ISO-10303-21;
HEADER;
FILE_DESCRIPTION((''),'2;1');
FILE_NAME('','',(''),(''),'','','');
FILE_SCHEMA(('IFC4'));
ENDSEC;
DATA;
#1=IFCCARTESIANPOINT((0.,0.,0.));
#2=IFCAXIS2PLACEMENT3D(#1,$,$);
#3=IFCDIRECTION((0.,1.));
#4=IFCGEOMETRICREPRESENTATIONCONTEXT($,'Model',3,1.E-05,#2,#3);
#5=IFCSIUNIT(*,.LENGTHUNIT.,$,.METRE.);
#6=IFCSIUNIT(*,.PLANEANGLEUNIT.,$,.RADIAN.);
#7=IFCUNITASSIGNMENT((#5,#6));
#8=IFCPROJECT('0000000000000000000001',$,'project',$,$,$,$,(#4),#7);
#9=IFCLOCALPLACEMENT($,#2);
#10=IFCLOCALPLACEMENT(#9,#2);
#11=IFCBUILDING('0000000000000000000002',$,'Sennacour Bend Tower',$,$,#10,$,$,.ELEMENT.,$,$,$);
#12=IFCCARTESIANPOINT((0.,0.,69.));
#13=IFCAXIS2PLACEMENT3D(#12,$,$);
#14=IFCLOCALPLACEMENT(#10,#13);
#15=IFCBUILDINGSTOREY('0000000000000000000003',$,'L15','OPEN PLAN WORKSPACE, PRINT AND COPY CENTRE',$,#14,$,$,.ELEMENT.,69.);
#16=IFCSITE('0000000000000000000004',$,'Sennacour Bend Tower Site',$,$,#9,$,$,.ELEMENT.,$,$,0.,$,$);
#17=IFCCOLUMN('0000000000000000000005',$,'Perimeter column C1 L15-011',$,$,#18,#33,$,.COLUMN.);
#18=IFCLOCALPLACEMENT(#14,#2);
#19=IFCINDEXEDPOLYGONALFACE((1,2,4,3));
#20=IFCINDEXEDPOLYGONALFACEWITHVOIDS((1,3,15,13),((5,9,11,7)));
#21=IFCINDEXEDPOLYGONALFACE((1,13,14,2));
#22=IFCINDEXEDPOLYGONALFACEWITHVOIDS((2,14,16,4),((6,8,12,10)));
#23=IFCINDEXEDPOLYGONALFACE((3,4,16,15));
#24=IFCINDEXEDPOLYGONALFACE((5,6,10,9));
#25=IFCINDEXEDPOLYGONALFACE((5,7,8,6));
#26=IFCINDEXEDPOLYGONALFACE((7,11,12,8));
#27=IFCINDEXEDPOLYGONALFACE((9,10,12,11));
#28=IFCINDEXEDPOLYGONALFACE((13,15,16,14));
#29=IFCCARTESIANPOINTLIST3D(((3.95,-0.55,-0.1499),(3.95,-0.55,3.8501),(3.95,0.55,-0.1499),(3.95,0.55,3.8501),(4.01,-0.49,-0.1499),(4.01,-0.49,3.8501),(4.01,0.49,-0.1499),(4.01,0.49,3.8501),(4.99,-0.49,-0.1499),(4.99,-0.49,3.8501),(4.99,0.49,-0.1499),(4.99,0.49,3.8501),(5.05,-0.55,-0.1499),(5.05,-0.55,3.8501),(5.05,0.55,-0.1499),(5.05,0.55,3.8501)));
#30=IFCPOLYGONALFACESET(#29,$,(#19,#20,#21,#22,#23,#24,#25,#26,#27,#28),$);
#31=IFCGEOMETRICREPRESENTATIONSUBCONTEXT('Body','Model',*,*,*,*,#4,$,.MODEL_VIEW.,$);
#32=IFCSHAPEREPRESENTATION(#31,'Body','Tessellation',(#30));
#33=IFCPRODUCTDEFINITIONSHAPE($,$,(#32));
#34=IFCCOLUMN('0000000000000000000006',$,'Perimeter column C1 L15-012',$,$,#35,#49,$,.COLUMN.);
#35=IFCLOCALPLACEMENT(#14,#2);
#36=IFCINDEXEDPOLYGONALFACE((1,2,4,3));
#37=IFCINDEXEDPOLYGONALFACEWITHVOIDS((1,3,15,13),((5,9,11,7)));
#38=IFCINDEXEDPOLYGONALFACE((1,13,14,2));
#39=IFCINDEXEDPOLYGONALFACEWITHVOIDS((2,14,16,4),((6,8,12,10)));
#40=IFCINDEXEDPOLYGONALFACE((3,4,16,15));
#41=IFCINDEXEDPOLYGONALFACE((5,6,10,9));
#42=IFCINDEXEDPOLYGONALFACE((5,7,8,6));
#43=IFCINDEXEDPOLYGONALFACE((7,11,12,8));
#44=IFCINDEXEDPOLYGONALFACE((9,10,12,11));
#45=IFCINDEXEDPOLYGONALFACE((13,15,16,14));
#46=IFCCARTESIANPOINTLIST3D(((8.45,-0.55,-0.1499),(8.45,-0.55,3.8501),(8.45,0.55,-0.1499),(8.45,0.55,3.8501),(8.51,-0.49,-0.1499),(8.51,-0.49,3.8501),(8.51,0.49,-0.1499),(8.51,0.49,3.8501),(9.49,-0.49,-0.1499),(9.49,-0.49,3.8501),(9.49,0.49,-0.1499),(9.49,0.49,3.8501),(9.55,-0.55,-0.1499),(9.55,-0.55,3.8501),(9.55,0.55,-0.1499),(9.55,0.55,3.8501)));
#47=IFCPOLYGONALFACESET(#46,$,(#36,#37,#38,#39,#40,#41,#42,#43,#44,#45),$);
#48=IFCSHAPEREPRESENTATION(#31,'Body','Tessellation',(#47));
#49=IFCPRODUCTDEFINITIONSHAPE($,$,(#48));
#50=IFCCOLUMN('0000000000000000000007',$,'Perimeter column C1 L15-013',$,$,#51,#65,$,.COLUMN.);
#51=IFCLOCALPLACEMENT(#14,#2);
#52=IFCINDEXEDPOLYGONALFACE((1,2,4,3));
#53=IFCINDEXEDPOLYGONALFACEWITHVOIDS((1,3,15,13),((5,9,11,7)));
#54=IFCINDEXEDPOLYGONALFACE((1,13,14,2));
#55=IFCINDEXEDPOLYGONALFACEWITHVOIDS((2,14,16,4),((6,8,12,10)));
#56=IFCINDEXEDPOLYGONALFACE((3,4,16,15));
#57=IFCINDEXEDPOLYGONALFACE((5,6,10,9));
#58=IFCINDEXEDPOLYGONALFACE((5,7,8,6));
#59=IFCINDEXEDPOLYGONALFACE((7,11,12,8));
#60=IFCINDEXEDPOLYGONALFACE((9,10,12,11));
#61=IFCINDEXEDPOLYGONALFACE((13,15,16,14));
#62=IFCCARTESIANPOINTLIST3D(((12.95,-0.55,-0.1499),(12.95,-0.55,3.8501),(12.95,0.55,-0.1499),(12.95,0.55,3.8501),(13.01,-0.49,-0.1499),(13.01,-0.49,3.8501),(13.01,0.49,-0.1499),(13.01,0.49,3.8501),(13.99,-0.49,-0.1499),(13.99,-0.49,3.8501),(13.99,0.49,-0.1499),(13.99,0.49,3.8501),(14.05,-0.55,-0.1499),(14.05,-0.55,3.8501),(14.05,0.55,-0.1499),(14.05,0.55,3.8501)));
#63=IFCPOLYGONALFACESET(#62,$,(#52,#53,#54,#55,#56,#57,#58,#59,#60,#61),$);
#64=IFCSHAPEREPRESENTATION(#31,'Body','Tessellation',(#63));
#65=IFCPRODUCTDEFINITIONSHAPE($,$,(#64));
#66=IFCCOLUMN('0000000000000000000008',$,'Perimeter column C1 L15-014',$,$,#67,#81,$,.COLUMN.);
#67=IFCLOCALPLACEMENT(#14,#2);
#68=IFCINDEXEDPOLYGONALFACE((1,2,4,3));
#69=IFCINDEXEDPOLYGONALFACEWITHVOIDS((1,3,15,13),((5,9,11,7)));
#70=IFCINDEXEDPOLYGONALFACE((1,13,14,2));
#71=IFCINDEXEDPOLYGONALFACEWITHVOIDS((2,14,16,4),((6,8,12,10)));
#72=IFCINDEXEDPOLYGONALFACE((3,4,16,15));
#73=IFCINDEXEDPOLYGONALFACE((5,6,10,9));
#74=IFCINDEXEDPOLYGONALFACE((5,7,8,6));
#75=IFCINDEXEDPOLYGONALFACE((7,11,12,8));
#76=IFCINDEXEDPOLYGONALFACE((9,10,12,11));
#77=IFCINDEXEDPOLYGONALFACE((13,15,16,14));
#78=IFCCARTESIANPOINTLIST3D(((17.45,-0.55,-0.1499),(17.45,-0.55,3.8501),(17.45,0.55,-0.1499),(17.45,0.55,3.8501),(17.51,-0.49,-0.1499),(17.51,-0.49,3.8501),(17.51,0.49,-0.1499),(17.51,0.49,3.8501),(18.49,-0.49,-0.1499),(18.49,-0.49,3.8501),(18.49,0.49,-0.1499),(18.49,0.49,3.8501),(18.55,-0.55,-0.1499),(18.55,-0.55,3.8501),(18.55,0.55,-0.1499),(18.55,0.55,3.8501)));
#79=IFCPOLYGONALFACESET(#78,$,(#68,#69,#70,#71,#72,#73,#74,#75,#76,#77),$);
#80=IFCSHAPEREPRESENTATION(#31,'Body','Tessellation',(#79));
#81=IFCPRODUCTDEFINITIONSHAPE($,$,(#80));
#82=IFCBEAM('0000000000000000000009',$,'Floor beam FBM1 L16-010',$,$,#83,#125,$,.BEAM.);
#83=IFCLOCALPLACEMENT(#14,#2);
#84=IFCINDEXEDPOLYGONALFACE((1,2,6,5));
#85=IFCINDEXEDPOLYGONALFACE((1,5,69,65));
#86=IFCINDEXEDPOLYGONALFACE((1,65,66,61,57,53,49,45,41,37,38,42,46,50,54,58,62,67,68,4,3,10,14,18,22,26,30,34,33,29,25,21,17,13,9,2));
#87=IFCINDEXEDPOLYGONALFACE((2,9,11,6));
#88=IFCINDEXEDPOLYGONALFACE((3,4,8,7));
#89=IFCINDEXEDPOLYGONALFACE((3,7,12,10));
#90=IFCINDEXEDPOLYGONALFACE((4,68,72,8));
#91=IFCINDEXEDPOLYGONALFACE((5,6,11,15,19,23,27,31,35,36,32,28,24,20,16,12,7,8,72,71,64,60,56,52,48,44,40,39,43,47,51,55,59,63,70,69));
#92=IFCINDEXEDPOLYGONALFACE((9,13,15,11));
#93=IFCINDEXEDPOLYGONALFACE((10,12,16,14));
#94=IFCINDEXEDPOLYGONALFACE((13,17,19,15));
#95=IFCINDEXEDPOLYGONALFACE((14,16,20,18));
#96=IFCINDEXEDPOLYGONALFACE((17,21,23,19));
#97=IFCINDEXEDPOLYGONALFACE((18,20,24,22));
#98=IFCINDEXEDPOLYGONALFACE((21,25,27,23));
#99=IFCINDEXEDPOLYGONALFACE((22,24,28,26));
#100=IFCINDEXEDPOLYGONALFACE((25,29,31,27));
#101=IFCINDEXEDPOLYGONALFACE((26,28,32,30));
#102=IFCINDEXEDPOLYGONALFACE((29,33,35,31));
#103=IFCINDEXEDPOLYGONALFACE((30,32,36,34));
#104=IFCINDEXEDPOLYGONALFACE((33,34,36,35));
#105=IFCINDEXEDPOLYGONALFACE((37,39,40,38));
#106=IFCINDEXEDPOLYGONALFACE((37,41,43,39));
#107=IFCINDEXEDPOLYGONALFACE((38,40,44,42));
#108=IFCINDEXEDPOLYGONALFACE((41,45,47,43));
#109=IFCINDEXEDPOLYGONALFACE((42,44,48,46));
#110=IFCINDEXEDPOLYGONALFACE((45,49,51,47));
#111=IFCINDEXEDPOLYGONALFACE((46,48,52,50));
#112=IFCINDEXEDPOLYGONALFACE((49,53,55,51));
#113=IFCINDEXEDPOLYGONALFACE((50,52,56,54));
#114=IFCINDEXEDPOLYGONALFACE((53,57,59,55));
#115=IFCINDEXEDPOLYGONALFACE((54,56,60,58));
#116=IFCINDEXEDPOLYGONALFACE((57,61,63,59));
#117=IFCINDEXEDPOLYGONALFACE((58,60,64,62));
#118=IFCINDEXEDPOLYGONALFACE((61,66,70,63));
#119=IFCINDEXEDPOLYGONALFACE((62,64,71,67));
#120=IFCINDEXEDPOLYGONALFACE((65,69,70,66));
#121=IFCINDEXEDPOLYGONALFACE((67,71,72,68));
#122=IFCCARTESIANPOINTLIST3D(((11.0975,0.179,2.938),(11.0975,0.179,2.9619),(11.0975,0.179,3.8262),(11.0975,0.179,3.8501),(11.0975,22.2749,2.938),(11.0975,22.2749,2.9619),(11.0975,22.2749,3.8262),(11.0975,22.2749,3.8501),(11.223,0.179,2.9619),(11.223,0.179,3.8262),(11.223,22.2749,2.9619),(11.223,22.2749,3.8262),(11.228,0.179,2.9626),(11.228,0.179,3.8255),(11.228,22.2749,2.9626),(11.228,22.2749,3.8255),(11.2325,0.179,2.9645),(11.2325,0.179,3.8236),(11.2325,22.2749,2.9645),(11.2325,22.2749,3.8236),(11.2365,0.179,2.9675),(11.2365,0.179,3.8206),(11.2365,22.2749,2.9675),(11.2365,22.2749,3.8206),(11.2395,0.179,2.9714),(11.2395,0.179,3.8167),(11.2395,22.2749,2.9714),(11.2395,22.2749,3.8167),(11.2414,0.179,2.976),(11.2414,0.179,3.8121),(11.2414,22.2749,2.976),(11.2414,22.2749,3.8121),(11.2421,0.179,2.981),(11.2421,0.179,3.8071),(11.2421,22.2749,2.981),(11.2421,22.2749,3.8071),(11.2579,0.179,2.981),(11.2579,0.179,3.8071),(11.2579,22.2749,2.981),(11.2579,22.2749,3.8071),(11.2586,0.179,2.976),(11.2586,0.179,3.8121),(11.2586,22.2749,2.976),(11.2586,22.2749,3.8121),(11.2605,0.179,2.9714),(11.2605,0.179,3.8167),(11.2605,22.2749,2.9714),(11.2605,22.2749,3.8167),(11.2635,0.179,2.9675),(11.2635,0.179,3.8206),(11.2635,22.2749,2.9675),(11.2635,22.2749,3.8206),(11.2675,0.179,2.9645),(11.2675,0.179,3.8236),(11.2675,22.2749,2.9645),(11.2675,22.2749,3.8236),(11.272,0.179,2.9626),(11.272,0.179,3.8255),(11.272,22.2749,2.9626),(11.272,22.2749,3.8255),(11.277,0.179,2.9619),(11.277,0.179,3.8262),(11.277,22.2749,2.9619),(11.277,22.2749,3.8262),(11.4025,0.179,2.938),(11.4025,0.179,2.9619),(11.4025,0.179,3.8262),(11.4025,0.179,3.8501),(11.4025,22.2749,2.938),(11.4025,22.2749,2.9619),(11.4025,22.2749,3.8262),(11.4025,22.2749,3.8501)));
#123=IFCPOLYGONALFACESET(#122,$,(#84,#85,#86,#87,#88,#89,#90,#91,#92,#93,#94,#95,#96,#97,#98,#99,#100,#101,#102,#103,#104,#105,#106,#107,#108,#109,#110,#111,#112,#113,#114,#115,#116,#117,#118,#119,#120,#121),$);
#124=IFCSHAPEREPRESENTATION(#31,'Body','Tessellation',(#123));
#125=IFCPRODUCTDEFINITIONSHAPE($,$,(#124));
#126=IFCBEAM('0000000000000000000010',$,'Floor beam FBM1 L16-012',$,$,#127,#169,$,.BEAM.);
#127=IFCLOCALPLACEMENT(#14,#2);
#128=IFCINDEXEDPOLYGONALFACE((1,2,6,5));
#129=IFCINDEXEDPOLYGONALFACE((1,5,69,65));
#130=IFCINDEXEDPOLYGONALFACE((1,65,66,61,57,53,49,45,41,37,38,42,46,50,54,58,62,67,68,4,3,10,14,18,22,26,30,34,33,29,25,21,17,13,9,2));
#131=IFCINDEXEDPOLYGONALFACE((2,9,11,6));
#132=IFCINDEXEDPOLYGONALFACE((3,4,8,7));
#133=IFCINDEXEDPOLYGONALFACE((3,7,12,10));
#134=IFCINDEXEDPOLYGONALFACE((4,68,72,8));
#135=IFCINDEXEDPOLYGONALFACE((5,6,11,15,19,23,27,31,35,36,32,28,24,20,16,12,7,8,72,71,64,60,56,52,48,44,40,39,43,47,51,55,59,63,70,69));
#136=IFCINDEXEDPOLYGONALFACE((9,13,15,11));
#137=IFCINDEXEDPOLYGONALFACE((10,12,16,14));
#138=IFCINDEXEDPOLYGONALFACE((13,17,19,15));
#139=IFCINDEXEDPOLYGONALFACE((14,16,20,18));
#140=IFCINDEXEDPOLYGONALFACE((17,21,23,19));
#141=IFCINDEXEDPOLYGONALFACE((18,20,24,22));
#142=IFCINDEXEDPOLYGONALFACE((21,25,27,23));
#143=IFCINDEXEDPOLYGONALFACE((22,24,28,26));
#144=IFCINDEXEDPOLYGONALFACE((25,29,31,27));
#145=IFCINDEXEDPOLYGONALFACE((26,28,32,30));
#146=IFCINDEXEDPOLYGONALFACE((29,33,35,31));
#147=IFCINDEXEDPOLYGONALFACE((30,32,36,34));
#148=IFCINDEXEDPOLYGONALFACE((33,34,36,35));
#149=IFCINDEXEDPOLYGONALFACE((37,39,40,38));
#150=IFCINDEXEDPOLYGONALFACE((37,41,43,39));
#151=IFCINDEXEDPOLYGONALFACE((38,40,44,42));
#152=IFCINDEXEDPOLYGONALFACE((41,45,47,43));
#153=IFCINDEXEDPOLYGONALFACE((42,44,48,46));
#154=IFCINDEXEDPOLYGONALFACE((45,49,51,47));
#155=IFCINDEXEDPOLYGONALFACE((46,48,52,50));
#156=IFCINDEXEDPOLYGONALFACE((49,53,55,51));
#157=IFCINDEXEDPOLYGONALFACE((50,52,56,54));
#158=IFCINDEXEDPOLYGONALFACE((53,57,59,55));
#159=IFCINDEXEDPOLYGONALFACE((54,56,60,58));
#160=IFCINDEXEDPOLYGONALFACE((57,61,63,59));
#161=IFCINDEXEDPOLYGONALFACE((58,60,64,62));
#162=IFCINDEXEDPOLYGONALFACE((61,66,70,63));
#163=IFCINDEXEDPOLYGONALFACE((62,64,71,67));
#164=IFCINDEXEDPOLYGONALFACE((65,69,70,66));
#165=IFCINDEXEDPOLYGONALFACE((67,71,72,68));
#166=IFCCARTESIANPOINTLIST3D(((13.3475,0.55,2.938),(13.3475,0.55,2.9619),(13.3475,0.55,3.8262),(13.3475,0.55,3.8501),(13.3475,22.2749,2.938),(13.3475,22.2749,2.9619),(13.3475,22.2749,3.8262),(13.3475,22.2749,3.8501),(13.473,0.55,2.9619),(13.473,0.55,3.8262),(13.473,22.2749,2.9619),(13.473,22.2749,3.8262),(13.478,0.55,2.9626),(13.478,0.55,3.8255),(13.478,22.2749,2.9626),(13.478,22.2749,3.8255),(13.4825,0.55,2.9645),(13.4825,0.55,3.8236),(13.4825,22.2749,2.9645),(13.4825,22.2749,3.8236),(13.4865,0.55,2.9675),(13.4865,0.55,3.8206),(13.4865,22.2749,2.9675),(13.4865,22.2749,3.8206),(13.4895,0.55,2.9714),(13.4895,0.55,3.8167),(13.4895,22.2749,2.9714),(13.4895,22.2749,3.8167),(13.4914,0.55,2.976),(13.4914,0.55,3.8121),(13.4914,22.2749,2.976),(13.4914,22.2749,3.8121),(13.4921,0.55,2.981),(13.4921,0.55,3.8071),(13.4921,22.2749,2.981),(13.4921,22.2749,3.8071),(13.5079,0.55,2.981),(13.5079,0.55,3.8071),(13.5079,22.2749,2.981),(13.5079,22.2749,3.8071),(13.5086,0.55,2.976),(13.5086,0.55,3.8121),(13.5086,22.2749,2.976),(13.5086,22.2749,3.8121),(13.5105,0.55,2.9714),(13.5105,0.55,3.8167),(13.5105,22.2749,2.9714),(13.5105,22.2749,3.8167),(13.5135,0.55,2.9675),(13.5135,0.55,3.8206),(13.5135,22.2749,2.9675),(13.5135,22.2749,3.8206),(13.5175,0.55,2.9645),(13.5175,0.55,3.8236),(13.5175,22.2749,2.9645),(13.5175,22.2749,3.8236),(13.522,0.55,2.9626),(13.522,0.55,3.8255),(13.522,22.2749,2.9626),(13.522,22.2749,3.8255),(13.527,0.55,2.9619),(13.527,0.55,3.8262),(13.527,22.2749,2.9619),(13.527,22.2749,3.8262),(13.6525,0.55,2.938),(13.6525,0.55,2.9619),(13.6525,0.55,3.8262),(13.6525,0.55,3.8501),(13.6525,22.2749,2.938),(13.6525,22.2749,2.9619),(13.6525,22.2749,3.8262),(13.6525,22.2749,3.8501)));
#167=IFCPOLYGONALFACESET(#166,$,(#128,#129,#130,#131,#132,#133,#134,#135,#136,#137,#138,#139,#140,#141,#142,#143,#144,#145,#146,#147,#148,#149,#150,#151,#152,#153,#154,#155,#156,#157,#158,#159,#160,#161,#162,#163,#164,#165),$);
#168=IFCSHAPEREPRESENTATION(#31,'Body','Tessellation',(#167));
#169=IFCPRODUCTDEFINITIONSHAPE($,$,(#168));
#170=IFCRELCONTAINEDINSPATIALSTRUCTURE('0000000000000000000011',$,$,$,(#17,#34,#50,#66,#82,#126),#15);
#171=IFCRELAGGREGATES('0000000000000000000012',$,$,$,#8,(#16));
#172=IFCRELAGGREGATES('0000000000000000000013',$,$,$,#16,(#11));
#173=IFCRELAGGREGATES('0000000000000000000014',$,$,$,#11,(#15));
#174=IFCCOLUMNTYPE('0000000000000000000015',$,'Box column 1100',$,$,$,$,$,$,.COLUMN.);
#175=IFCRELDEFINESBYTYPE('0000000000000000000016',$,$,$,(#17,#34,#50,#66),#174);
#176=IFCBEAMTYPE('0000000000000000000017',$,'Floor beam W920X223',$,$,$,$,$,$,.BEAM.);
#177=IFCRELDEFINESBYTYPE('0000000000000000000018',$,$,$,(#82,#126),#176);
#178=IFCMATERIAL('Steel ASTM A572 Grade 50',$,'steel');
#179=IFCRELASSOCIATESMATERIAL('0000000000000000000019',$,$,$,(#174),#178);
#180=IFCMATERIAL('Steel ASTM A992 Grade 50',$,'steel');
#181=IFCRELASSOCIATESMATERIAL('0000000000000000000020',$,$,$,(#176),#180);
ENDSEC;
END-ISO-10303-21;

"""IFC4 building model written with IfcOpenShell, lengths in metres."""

from ifc_helpers import new_model, si_unit, direction, frame, origin, origin_2d, place, context, subcontext, project, spatial, hollow_rectangle, i_section, extrude, material, material_profile, profile_set, type_object, element, save


model = new_model("IFC4")

# Units and contexts
model_context = context("Model", 3, precision=1e-05, world=origin(), true_north=direction((0.0, 1.0)))
body_context = subcontext(model_context, "Body", "Model", "MODEL_VIEW")
ifc_project = project(units=[si_unit("LENGTHUNIT", "METRE"), si_unit("PLANEANGLEUNIT", "RADIAN")], contexts=[model_context])

# Site, building, storey
site_placement = place(None, origin())
site = spatial("IfcSite", under=ifc_project, at=site_placement, Name="Sennacour Bend Tower Site", CompositionType="ELEMENT", RefElevation=0.0)
building_placement = place(site_placement, origin())
building = spatial("IfcBuilding", under=site, at=building_placement, Name="Sennacour Bend Tower", CompositionType="ELEMENT")
storey_placement = place(building_placement, frame((0.0, 0.0, 69.0)))
storey = spatial("IfcBuildingStorey", under=building, at=storey_placement, Name="L15", Description="OPEN PLAN WORKSPACE, PRINT AND COPY CENTRE", CompositionType="ELEMENT", Elevation=69.0)

# Columns
ifc_material_1 = material(Name="Steel ASTM A572 Grade 50", Category="steel")
ifc_material_profile_1 = material_profile(ifc_material_1, hollow_rectangle(XDim=1.1001, YDim=1.1001, WallThickness=0.0601, at=origin_2d()), Name="Steel ASTM A572 Grade 50", Category="steel")
ifc_profile_set_1 = profile_set([ifc_material_profile_1], Name="Steel ASTM A572 Grade 50")
column_type = type_object("IfcColumnType", Name="Box column 1100", PredefinedType="COLUMN", material=ifc_profile_set_1)
for number, where, z_axis, x_axis, name in (
    (1, (4.5, 0.0, -0.1499), (0.0, 0.0, 1.0), (1.0, 0.0, 0.0), "Perimeter column C1 L15-011"),
    (2, (9.0, 0.0, -0.1499), (0.0, 0.0, 1.0), (1.0, 0.0, 0.0), "Perimeter column C1 L15-012"),
    (3, (13.5, 0.0, -0.1499), (0.0, 0.0, 1.0), (1.0, 0.0, 0.0), "Perimeter column C1 L15-013"),
    (4, (18.0, 0.0, -0.1499), (0.0, 0.0, 1.0), (1.0, 0.0, 0.0), "Perimeter column C1 L15-014"),
):
    element("IfcColumn", number, at=place(storey_placement, frame(where, z_axis=z_axis, x_axis=x_axis)), inside=storey, type_object=column_type, Name=name, PredefinedType="COLUMN", context=body_context, shape_type="SweptSolid", body=[
        extrude(hollow_rectangle(XDim=1.1001, YDim=1.1001, WallThickness=0.0601, at=origin_2d()), origin(), (0.0, 0.0, 1.0), 4.0),
    ])

# Beams
ifc_material_2 = material(Name="Steel ASTM A992 Grade 50", Category="steel")
ifc_material_profile_2 = material_profile(ifc_material_2, i_section(OverallWidth=0.3049, OverallDepth=0.9121, WebThickness=0.0159, FlangeThickness=0.0239, FilletRadius=0.019, at=origin_2d()), Name="Steel ASTM A992 Grade 50", Category="steel")
ifc_profile_set_2 = profile_set([ifc_material_profile_2], Name="Steel ASTM A992 Grade 50")
beam_type_1 = type_object("IfcBeamType", Name="Floor beam W920X223", PredefinedType="BEAM", material=ifc_profile_set_2)
beam_1_placement = place(storey_placement, frame((11.25, 0.179, 3.394), z_axis=(0.0, 1.0, 0.0), x_axis=(-1.0, 0.0, 0.0)))
element("IfcBeam", 5, at=beam_1_placement, inside=storey, type_object=beam_type_1, Name="Floor beam FBM1 L16-010", PredefinedType="BEAM", context=body_context, shape_type="SweptSolid", body=[
    extrude(i_section(OverallWidth=0.3049, OverallDepth=0.9121, WebThickness=0.0159, FlangeThickness=0.0239, FilletRadius=0.019, at=origin_2d()), origin(), (0.0, 0.0, 1.0), 22.0959),
])
beam_2_placement = place(storey_placement, frame((13.5, 0.55, 3.394), z_axis=(0.0, 1.0, 0.0), x_axis=(-1.0, 0.0, 0.0)))
element("IfcBeam", 6, at=beam_2_placement, inside=storey, type_object=beam_type_1, Name="Floor beam FBM1 L16-012", PredefinedType="BEAM", context=body_context, shape_type="SweptSolid", body=[
    extrude(i_section(OverallWidth=0.3049, OverallDepth=0.9121, WebThickness=0.0159, FlangeThickness=0.0239, FilletRadius=0.019, at=origin_2d()), origin(), (0.0, 0.0, 1.0), 21.7249),
])

save(model, "model.ifc")
